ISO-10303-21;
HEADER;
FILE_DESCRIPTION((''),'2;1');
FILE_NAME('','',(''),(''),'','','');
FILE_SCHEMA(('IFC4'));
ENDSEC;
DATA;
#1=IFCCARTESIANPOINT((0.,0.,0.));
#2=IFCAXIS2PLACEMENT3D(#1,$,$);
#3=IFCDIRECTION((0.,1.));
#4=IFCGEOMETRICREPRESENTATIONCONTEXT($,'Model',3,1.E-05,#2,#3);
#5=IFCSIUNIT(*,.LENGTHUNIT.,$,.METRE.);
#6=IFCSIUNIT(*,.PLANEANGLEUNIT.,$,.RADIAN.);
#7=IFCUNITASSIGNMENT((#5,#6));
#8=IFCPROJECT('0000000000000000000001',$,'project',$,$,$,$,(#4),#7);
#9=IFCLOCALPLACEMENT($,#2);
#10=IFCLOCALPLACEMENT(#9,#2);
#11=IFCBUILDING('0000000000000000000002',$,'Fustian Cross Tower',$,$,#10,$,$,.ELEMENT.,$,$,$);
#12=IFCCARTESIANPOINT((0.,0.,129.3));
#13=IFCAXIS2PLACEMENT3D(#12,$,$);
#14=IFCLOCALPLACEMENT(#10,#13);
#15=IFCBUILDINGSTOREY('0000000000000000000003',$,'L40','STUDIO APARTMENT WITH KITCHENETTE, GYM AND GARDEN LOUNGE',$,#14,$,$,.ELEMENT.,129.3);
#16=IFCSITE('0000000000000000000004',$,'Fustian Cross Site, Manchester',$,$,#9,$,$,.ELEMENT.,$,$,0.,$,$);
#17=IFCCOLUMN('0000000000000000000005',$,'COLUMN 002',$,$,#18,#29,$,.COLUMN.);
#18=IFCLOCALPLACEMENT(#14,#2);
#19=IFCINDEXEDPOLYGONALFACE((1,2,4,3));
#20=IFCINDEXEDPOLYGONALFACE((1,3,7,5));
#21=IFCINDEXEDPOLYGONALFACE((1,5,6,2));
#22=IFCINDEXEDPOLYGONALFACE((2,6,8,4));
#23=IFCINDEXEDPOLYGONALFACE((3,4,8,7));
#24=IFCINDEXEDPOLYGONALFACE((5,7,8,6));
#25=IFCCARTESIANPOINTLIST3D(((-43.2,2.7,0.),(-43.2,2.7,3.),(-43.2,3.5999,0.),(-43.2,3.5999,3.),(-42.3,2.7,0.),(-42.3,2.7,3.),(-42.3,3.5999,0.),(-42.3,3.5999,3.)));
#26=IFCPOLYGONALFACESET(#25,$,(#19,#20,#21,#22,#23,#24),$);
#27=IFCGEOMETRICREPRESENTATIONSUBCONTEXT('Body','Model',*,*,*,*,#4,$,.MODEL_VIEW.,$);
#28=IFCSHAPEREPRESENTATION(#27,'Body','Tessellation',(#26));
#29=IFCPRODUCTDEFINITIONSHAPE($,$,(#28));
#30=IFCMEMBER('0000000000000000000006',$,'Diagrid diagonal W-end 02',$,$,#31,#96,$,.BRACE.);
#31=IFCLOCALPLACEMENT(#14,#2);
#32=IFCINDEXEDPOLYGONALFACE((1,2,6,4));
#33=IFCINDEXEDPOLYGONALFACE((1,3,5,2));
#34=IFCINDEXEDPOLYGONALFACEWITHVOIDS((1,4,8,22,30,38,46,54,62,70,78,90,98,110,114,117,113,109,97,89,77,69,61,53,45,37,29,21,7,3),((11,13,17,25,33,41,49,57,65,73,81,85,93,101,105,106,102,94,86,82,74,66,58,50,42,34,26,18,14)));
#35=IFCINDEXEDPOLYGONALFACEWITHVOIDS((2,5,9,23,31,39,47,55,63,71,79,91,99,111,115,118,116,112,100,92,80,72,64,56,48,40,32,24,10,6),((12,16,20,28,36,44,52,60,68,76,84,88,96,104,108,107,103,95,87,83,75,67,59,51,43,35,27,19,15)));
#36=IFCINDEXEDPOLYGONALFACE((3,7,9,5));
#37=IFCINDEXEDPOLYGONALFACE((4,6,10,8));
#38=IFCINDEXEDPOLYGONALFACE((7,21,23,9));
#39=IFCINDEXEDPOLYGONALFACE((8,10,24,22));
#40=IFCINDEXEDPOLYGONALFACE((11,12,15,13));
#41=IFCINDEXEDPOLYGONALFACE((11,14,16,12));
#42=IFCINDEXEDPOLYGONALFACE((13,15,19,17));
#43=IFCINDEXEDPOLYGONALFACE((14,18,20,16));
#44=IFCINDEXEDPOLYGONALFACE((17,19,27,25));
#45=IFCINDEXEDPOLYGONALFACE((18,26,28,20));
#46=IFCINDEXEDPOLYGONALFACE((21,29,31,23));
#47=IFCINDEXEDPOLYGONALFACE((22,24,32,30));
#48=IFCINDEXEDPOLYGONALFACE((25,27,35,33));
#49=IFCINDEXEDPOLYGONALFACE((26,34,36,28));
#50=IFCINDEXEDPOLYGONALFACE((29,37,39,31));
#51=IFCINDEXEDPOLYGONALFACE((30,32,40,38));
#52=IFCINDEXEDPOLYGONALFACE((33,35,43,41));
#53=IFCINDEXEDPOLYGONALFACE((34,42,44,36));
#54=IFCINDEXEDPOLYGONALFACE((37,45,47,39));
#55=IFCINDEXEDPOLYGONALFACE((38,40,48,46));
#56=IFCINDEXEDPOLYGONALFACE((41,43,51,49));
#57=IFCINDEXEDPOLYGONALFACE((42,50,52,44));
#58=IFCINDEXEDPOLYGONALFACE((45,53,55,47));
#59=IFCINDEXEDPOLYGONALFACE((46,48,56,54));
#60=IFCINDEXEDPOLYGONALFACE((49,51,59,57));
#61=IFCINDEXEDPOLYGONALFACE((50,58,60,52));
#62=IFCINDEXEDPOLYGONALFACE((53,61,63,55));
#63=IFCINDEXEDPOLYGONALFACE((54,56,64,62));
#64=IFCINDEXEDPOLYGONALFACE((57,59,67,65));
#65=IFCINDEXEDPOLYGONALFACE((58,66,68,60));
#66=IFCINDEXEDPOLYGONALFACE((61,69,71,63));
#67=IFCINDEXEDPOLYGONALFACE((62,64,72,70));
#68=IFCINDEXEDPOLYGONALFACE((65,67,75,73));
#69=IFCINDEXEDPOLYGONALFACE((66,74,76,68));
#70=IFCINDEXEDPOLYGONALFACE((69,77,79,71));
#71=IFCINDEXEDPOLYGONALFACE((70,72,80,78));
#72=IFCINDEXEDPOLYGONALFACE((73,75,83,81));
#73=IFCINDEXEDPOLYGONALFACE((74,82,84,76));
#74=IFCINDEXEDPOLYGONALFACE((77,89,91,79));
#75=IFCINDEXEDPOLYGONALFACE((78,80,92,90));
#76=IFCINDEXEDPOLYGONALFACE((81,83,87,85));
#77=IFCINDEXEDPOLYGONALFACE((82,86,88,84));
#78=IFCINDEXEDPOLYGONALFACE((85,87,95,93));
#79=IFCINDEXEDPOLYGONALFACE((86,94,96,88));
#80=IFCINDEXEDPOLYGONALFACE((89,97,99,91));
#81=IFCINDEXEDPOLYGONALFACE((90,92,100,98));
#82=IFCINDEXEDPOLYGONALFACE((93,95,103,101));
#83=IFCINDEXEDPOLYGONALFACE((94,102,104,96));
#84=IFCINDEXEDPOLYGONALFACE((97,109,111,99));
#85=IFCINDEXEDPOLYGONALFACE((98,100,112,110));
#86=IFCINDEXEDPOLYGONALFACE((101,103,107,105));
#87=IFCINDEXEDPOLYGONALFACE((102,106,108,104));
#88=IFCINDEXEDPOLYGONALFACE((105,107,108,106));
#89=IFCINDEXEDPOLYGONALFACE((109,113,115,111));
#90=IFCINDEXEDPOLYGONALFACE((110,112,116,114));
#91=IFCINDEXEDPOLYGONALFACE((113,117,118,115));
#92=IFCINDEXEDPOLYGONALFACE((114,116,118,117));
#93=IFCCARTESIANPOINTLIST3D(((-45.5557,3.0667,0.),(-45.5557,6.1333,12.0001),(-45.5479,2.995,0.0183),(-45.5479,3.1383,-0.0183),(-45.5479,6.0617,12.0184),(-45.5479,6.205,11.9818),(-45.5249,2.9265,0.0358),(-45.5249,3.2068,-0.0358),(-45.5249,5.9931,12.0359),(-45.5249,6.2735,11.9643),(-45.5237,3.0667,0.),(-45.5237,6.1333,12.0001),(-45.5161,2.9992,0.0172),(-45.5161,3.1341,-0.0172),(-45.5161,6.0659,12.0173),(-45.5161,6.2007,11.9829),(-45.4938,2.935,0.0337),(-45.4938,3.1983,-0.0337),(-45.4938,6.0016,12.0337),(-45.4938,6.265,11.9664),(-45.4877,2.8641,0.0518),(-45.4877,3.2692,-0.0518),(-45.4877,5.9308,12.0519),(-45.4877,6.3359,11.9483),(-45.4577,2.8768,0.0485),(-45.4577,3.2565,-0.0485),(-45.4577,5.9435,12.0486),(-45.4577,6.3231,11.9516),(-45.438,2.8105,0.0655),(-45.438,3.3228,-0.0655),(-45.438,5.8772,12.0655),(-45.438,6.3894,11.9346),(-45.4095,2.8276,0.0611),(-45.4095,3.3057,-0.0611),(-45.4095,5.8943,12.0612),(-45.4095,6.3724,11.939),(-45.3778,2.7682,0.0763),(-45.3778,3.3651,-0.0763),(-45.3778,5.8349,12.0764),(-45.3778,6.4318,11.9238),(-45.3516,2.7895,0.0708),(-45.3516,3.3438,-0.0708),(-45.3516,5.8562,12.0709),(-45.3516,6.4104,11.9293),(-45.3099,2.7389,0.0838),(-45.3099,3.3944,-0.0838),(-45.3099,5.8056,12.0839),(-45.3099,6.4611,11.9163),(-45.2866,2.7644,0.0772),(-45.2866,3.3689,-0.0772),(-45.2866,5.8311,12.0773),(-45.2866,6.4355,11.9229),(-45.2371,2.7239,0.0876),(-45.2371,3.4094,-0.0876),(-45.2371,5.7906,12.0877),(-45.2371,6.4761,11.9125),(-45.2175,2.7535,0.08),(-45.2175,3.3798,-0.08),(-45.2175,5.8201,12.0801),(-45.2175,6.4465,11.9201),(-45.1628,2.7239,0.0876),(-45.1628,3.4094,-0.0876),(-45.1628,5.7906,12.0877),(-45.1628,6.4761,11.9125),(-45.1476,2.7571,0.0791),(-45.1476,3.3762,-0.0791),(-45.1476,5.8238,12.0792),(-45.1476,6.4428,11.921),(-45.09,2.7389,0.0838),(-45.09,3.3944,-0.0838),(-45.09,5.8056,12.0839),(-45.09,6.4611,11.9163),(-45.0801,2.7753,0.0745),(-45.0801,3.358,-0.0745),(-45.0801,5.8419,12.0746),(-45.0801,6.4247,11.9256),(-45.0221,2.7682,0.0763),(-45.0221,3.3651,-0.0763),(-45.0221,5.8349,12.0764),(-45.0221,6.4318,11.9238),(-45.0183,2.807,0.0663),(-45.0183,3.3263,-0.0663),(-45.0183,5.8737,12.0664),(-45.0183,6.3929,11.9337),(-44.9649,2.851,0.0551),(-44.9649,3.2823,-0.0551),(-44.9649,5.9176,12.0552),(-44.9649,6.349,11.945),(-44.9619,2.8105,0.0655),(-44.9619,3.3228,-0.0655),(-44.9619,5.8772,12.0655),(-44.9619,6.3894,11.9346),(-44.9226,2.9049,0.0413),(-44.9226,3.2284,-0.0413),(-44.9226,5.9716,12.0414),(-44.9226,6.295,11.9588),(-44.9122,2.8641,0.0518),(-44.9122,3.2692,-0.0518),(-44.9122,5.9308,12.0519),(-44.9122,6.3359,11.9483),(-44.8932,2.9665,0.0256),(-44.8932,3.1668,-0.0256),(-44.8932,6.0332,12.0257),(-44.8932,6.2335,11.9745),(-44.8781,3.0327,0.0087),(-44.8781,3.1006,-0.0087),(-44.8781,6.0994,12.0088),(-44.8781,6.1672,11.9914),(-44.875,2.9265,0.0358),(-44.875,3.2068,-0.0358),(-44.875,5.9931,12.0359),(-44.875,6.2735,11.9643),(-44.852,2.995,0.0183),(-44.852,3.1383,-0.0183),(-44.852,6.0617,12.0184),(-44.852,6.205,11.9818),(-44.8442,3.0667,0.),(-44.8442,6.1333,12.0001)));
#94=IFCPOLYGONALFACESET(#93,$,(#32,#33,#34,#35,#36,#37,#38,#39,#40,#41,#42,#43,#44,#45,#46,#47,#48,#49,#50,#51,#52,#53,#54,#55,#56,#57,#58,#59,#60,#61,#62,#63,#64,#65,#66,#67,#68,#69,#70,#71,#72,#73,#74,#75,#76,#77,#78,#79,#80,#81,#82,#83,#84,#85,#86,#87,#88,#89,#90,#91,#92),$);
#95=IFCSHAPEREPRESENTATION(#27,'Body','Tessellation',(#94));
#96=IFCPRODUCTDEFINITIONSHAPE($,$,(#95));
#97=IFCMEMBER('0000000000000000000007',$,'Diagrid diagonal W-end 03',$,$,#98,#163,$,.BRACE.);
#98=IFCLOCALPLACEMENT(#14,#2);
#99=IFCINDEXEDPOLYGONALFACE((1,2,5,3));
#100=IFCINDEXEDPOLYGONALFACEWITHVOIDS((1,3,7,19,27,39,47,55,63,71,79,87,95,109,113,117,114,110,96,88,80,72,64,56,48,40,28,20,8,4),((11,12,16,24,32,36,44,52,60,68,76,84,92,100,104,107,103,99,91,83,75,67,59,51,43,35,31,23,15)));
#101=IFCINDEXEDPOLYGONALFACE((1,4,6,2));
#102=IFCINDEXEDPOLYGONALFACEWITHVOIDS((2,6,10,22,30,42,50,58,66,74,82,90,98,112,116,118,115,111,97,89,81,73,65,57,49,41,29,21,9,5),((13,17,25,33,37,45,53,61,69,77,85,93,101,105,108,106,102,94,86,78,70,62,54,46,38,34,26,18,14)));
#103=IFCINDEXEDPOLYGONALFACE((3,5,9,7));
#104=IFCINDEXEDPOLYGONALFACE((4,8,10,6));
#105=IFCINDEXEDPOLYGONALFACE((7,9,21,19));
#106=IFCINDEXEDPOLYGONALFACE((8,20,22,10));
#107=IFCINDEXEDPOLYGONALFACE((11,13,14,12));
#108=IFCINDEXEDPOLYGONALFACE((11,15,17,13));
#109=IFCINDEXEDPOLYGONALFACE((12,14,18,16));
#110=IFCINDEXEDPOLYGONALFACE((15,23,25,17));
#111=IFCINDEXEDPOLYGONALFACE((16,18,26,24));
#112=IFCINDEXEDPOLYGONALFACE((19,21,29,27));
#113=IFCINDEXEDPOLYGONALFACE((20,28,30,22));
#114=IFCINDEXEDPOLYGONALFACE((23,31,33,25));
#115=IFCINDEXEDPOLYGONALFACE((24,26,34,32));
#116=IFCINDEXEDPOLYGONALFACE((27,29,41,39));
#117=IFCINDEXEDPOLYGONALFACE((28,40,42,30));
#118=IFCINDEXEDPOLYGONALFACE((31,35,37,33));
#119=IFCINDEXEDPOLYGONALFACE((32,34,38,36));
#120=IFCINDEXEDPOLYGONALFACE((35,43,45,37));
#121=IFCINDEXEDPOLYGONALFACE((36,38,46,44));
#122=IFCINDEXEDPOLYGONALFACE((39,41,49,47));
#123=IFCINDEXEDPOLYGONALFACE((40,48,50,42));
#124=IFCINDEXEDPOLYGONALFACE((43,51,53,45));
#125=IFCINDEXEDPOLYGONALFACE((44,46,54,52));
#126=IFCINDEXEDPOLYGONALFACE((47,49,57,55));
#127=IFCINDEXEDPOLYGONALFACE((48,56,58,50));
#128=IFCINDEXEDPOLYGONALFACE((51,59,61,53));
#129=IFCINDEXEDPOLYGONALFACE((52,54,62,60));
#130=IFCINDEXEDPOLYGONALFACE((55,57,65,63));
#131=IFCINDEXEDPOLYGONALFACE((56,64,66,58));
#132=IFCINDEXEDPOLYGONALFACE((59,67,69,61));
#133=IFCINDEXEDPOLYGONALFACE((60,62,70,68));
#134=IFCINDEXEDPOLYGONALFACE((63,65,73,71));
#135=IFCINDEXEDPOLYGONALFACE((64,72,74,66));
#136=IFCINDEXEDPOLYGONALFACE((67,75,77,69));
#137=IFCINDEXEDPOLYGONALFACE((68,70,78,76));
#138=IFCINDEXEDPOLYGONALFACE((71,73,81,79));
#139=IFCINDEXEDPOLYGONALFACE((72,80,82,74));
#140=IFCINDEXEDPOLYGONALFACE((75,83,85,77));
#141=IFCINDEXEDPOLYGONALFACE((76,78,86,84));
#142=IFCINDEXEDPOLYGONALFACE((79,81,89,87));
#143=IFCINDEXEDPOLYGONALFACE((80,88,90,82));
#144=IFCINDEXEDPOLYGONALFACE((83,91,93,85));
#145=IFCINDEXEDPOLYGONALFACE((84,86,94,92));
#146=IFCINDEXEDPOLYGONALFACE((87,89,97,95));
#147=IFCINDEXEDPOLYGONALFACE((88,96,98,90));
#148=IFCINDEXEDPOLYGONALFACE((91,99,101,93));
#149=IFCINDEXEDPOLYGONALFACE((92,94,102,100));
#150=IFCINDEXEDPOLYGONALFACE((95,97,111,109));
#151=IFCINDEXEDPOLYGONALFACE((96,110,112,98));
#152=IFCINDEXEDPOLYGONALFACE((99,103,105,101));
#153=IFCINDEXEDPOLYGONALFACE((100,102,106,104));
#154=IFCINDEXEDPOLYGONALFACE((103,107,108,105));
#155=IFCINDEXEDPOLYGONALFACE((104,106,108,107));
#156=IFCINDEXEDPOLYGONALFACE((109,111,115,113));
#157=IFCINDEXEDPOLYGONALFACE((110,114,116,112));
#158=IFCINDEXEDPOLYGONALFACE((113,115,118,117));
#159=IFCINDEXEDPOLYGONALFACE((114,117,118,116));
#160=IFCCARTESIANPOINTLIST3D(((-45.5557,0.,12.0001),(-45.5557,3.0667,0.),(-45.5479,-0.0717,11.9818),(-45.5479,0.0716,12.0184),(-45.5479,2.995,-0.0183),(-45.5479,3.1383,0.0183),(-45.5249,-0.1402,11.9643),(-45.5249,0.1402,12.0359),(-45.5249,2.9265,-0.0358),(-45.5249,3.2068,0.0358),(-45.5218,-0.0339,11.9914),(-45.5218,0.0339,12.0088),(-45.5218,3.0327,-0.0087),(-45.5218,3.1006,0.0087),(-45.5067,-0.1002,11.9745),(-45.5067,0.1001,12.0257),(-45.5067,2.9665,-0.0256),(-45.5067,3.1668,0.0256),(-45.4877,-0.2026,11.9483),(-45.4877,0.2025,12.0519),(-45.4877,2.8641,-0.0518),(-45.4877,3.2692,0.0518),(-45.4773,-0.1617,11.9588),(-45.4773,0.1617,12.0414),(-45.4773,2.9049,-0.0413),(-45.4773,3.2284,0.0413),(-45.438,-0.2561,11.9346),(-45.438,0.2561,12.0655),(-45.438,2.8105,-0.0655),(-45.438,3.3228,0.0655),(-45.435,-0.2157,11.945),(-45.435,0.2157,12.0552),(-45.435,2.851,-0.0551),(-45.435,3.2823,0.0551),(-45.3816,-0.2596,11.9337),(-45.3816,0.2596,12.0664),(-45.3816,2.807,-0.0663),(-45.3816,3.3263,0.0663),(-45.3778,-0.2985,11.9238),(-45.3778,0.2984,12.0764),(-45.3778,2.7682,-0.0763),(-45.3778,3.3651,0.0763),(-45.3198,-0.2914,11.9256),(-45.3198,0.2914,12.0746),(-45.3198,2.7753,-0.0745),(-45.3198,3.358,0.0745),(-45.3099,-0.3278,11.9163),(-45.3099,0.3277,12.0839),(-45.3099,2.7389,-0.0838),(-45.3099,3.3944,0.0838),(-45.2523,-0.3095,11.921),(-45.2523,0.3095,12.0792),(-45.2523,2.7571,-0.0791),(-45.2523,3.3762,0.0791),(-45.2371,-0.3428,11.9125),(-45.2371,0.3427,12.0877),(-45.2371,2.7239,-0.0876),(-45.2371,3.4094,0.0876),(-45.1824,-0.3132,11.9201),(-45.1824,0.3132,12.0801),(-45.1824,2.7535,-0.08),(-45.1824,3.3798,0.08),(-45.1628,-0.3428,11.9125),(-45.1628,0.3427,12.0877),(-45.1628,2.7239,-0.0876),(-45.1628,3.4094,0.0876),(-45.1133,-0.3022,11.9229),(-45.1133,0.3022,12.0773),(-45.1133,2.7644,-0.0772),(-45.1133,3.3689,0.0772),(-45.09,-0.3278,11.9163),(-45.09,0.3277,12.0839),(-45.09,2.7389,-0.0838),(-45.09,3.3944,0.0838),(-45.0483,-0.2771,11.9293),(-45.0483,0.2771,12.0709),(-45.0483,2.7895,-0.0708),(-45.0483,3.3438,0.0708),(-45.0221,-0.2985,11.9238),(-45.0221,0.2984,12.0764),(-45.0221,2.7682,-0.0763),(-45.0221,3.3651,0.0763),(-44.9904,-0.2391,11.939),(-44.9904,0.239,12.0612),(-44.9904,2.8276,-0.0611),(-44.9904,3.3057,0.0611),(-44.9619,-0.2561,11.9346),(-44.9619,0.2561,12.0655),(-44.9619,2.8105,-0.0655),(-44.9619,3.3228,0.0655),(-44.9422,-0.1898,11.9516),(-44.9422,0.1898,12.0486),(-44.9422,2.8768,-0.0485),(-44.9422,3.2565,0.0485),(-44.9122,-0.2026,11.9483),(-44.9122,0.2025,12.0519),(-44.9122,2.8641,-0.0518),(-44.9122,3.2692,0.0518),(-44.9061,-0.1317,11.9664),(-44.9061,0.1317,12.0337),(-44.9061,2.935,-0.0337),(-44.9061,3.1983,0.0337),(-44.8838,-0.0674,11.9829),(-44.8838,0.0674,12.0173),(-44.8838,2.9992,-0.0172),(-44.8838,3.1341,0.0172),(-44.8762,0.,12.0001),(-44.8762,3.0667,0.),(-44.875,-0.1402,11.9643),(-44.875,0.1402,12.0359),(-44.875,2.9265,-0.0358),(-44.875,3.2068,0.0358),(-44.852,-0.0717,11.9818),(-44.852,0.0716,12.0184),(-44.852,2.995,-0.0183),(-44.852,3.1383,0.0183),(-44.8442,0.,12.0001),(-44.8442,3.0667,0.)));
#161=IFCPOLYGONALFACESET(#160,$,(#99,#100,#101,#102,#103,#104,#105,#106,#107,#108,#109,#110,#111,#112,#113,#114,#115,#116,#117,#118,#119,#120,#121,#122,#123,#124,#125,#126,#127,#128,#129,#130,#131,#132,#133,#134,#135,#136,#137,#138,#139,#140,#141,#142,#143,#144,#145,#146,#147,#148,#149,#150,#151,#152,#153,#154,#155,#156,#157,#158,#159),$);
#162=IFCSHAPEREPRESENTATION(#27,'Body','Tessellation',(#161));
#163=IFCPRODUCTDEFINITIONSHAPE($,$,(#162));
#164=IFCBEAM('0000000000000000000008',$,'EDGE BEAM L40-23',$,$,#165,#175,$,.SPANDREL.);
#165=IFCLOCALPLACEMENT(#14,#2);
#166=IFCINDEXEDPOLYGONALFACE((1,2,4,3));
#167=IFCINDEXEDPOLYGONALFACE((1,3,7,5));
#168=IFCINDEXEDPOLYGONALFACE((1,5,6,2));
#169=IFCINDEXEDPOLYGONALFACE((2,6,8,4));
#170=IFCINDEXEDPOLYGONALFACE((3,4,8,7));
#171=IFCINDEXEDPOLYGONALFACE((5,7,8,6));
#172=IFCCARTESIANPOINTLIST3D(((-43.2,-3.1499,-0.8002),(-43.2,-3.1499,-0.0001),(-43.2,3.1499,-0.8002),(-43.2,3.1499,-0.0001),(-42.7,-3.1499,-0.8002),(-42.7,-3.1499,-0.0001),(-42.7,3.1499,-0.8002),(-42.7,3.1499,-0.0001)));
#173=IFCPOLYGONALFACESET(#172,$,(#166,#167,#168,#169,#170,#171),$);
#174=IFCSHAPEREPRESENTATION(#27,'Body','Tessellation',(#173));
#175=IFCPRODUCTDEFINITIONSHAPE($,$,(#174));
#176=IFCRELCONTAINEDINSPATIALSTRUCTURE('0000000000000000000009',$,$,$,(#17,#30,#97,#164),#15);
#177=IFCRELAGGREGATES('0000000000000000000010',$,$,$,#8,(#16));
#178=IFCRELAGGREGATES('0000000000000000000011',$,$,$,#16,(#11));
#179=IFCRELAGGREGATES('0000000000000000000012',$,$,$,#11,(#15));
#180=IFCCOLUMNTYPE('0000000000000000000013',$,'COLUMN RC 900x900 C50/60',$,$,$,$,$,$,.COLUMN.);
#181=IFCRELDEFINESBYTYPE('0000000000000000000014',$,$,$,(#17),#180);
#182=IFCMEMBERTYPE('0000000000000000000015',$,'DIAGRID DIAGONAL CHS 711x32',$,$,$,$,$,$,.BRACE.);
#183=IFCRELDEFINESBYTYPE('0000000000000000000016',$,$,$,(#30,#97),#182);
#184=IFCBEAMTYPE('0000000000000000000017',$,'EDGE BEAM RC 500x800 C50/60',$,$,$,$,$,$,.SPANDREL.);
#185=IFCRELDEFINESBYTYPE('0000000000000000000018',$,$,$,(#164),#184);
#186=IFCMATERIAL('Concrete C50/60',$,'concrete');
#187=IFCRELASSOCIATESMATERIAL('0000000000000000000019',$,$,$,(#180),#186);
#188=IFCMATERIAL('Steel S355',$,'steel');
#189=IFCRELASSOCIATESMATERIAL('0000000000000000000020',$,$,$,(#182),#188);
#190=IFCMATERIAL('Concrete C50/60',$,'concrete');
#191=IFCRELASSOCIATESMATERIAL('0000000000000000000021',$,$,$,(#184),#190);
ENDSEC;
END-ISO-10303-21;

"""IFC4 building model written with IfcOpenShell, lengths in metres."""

from ifc_helpers import new_model, si_unit, direction, frame, origin, origin_2d, place, context, subcontext, project, spatial, rectangle, hollow_circle, extrude, material, material_profile, profile_set, type_object, element, save


model = new_model("IFC4")

# Units and contexts
model_context = context("Model", 3, precision=1e-05, world=origin(), true_north=direction((0.0, 1.0)))
body_context = subcontext(model_context, "Body", "Model", "MODEL_VIEW")
ifc_project = project(units=[si_unit("LENGTHUNIT", "METRE"), si_unit("PLANEANGLEUNIT", "RADIAN")], contexts=[model_context])

# Site, building, storey
site_placement = place(None, origin())
site = spatial("IfcSite", under=ifc_project, at=site_placement, Name="Fustian Cross Site, Manchester", CompositionType="ELEMENT", RefElevation=0.0)
building_placement = place(site_placement, origin())
building = spatial("IfcBuilding", under=site, at=building_placement, Name="Fustian Cross Tower", CompositionType="ELEMENT")
storey_placement = place(building_placement, frame((0.0, 0.0, 129.3)))
storey = spatial("IfcBuildingStorey", under=building, at=storey_placement, Name="L40", Description="STUDIO APARTMENT WITH KITCHENETTE, GYM AND GARDEN LOUNGE", CompositionType="ELEMENT", Elevation=129.3)

# Column
ifc_material_1 = material(Name="Concrete C50/60", Category="concrete")
ifc_material_profile_1 = material_profile(ifc_material_1, rectangle(XDim=0.8999, YDim=0.8999, at=origin_2d()), Name="RC 900x900")
ifc_profile_set_1 = profile_set([ifc_material_profile_1], Name="Concrete C50/60")
column_type = type_object("IfcColumnType", Name="COLUMN RC 900x900 C50/60", PredefinedType="COLUMN", material=ifc_profile_set_1)
column_placement = place(storey_placement, frame((-42.75, 3.1499, 0.0), z_axis=(0.0, 0.0, 1.0), x_axis=(1.0, 0.0, 0.0)))
element("IfcColumn", 1, at=column_placement, inside=storey, type_object=column_type, Name="COLUMN 002", PredefinedType="COLUMN", context=body_context, shape_type="SweptSolid", body=[
    extrude(rectangle(XDim=0.8999, YDim=0.8999, at=origin_2d()), origin(), (0.0, 0.0, 1.0), 3.0),
])

# Members
ifc_material_2 = material(Name="Steel S355", Category="steel")
ifc_material_profile_2 = material_profile(ifc_material_2, hollow_circle(Radius=0.3557, WallThickness=0.032, at=origin_2d()), Name="CHS 711x32")
ifc_profile_set_2 = profile_set([ifc_material_profile_2], Name="Steel S355")
member_type = type_object("IfcMemberType", Name="DIAGRID DIAGONAL CHS 711x32", PredefinedType="BRACE", material=ifc_profile_set_2)
for number, where, z_axis, x_axis, name in (
    (2, (-45.2, 3.0667, 0.0), (0.0, 0.247597, 0.968863), (-1.0, 0.0, 0.0), "Diagrid diagonal W-end 02"),
    (3, (-45.2, 3.0667, 0.0), (0.0, -0.247597, 0.968863), (1.0, 0.0, 0.0), "Diagrid diagonal W-end 03"),
):
    element("IfcMember", number, at=place(storey_placement, frame(where, z_axis=z_axis, x_axis=x_axis)), inside=storey, type_object=member_type, Name=name, PredefinedType="BRACE", context=body_context, shape_type="SweptSolid", body=[
        extrude(hollow_circle(Radius=0.3557, WallThickness=0.032, at=origin_2d()), origin(), (0.0, 0.0, 1.0), 12.3857),
    ])

# Beam
ifc_material_3 = material(Name="Concrete C50/60", Category="concrete")
ifc_material_profile_3 = material_profile(ifc_material_3, rectangle(XDim=0.5, YDim=0.8, at=origin_2d()), Name="RC 500x800")
ifc_profile_set_3 = profile_set([ifc_material_profile_3], Name="Concrete C50/60")
beam_type = type_object("IfcBeamType", Name="EDGE BEAM RC 500x800 C50/60", PredefinedType="SPANDREL", material=ifc_profile_set_3)
beam_placement = place(storey_placement, frame((-42.95, 3.1499, -0.4001), z_axis=(0.0, -1.0, 0.0), x_axis=(1.0, 0.0, 0.0)))
element("IfcBeam", 4, at=beam_placement, inside=storey, type_object=beam_type, Name="EDGE BEAM L40-23", PredefinedType="SPANDREL", context=body_context, shape_type="SweptSolid", body=[
    extrude(rectangle(XDim=0.5, YDim=0.8, at=origin_2d()), origin(), (0.0, 0.0, 1.0), 6.2998),
])

save(model, "model.ifc")
